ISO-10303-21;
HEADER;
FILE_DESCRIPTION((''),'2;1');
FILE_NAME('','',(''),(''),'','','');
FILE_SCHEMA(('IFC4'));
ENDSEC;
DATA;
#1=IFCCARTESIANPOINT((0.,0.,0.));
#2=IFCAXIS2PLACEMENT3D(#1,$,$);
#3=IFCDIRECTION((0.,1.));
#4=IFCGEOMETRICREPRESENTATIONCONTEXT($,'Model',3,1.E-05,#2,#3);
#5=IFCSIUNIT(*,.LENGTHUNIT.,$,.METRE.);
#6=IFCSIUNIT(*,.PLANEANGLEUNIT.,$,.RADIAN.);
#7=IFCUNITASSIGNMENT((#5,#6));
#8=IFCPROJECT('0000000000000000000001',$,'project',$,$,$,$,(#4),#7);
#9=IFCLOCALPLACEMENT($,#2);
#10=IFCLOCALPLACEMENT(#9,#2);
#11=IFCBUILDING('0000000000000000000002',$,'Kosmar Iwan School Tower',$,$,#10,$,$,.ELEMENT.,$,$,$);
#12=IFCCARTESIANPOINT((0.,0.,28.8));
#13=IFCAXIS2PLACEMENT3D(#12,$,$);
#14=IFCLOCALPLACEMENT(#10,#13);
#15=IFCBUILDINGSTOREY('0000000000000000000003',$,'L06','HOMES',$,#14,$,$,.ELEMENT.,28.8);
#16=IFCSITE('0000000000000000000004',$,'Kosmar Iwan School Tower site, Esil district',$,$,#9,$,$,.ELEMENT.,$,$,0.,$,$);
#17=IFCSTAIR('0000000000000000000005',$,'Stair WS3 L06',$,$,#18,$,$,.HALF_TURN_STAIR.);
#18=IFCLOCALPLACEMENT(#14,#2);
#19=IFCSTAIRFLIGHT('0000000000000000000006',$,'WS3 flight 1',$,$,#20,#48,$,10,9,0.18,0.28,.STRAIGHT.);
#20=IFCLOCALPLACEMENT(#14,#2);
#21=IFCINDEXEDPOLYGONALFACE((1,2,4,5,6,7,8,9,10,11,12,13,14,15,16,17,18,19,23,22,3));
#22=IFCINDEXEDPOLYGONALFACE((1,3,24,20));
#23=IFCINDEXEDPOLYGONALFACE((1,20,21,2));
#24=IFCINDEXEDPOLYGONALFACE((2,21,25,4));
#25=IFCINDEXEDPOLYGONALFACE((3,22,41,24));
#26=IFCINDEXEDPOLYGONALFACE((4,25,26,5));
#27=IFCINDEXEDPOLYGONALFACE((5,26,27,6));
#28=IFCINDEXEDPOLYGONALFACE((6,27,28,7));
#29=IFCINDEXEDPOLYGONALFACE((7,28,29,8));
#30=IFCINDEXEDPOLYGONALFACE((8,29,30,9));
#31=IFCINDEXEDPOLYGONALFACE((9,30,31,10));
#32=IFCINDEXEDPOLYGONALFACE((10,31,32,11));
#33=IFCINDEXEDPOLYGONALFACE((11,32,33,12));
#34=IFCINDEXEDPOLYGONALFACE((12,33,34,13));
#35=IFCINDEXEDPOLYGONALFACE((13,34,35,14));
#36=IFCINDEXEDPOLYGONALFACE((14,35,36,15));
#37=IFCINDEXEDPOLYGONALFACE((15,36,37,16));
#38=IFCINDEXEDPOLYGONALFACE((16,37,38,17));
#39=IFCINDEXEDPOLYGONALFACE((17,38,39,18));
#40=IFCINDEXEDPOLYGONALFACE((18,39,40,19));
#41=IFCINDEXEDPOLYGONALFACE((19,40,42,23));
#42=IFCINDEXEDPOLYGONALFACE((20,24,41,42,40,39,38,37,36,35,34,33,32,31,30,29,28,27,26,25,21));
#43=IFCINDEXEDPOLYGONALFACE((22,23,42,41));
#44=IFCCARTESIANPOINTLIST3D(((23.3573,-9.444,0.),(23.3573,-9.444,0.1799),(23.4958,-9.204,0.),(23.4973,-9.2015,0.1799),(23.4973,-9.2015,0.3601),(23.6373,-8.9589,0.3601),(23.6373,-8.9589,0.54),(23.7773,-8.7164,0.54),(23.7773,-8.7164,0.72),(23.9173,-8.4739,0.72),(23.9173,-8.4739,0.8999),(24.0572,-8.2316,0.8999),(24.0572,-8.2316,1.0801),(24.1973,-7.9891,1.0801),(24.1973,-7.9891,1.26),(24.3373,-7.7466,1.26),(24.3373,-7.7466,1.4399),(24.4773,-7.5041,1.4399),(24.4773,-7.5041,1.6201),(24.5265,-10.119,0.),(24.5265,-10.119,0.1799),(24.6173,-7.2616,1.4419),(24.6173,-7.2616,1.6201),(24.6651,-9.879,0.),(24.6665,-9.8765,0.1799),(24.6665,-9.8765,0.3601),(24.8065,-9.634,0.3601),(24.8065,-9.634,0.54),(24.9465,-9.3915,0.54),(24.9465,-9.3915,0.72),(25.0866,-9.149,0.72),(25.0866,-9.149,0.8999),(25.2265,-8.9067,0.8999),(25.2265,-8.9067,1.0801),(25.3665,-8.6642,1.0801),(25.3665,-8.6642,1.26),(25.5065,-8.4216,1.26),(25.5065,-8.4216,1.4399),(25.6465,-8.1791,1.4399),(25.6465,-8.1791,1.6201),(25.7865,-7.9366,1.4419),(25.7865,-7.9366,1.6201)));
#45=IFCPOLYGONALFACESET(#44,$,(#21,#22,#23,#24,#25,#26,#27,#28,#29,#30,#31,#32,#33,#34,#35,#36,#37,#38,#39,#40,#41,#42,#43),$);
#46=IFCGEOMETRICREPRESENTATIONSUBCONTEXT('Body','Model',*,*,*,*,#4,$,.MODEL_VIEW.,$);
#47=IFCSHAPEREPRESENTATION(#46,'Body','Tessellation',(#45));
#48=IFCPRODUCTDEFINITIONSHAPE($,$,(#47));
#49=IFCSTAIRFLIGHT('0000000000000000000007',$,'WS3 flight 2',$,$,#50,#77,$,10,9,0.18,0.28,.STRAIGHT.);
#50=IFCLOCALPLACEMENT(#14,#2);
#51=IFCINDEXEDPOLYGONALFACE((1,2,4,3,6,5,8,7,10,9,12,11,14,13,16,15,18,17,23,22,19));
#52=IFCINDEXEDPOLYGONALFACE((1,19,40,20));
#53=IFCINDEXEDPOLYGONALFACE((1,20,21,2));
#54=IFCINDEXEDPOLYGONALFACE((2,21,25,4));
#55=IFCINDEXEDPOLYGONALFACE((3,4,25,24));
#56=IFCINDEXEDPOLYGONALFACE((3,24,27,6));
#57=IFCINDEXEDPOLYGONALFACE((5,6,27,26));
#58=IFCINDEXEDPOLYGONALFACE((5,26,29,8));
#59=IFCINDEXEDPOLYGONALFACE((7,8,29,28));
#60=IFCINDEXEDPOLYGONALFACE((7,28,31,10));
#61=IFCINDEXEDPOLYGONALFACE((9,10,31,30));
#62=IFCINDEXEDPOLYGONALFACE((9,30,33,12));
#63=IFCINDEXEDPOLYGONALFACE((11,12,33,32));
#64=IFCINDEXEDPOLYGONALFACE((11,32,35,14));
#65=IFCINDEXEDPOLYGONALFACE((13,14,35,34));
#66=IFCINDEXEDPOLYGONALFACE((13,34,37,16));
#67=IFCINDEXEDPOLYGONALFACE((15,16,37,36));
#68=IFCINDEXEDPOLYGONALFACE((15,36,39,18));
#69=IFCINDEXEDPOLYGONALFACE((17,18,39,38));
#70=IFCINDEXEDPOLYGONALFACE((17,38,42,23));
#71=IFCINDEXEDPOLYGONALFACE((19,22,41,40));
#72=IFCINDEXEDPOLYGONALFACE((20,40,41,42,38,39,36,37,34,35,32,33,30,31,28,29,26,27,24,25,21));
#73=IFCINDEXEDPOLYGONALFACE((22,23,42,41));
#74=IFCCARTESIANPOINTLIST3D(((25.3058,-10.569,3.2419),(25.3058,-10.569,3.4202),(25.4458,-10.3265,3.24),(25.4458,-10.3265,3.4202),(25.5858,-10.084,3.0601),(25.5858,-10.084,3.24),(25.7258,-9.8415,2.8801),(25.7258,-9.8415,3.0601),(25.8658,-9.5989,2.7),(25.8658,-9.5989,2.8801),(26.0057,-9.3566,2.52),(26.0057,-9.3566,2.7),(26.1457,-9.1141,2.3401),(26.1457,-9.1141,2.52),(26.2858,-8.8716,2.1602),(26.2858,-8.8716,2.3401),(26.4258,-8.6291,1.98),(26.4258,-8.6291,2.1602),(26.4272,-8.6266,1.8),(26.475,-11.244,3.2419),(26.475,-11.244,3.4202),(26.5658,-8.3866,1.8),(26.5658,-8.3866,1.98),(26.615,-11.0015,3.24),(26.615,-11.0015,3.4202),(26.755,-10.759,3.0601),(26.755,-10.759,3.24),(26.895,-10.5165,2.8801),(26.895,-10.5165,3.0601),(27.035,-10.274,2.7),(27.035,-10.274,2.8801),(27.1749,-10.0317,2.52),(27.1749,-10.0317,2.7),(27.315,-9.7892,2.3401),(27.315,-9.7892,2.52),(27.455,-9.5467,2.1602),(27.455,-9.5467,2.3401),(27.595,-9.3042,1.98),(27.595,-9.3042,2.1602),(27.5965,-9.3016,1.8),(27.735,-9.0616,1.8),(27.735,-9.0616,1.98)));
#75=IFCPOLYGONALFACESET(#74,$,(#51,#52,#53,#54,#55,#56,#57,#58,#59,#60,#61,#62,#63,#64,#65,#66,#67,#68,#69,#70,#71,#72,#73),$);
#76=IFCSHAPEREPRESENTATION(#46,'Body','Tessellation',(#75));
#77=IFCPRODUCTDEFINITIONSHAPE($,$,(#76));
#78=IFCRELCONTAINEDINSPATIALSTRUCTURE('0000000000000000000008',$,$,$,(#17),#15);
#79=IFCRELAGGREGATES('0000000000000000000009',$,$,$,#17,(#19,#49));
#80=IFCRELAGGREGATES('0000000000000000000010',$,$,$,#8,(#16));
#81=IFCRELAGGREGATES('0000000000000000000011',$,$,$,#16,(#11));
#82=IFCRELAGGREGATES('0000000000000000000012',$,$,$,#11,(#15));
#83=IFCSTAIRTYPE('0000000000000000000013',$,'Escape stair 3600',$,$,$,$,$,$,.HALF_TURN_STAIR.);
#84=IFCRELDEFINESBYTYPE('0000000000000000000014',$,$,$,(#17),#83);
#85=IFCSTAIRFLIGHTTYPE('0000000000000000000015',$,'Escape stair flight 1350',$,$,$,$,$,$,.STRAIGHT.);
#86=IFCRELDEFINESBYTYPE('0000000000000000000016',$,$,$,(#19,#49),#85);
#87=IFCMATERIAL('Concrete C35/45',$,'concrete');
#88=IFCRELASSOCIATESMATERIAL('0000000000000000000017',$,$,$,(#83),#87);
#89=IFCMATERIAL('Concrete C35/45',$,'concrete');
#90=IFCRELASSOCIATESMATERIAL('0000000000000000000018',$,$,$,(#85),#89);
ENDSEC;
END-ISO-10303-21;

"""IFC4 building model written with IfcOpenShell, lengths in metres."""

from ifc_helpers import new_model, si_unit, direction, frame, origin, place, context, subcontext, project, spatial, polyline, outline, extrude, material, type_object, element, aggregate, save


model = new_model("IFC4")

# Units and contexts
model_context = context("Model", 3, precision=1e-05, world=origin(), true_north=direction((0.0, 1.0)))
body_context = subcontext(model_context, "Body", "Model", "MODEL_VIEW")
ifc_project = project(units=[si_unit("LENGTHUNIT", "METRE"), si_unit("PLANEANGLEUNIT", "RADIAN")], contexts=[model_context])

# Site, building, storey
site_placement = place(None, origin())
site = spatial("IfcSite", under=ifc_project, at=site_placement, Name="Kosmar Iwan School Tower site, Esil district", CompositionType="ELEMENT", RefElevation=0.0)
building_placement = place(site_placement, origin())
building = spatial("IfcBuilding", under=site, at=building_placement, Name="Kosmar Iwan School Tower", CompositionType="ELEMENT")
storey_placement = place(building_placement, frame((0.0, 0.0, 28.8)))
storey = spatial("IfcBuildingStorey", under=building, at=storey_placement, Name="L06", Description="HOMES", CompositionType="ELEMENT", Elevation=28.8)

# Stair, stair flights
ifc_material_1 = material(Name="Concrete C35/45", Category="concrete")
stair_type = type_object("IfcStairType", Name="Escape stair 3600", PredefinedType="HALF_TURN_STAIR", material=ifc_material_1)
stair_placement = place(storey_placement, origin())
stair = element("IfcStair", 1, at=stair_placement, inside=storey, type_object=stair_type, Name="Stair WS3 L06", PredefinedType="HALF_TURN_STAIR")
ifc_material_2 = material(Name="Concrete C35/45", Category="concrete")
stair_flight_type = type_object("IfcStairFlightType", Name="Escape stair flight 1350", PredefinedType="STRAIGHT", material=ifc_material_2)
stair_flight_1_placement = place(storey_placement, frame((23.9419, -9.7815, 0.0), z_axis=(0.0, 0.0, 1.0), x_axis=(0.5, 0.866025, 0.0)))
stair_flight_1 = element("IfcStairFlight", 2, at=stair_flight_1_placement, type_object=stair_flight_type, Name="WS3 flight 1", NumberOfRisers=10, NumberOfTreads=9, PredefinedType="STRAIGHT", RiserHeight=0.18, TreadLength=0.28, context=body_context, shape_type="SweptSolid", body=[
    extrude(outline(polyline([(0.0, 0.0), (0.0, 0.1799), (0.28, 0.1799), (0.28, 0.3601), (0.5601, 0.3601), (0.5601, 0.54), (0.8401, 0.54), (0.8401, 0.72), (1.1201, 0.72), (1.1201, 0.8999), (1.3999, 0.8999), (1.3999, 1.0801), (1.6799, 1.0801), (1.6799, 1.26), (1.96, 1.26), (1.96, 1.4399), (2.24, 1.4399), (2.24, 1.6201), (2.52, 1.6201), (2.52, 1.8), (2.52, 1.4419), (0.2771, 0.0), (0.0, 0.0)])), frame((0.0, 0.675, 0.0), z_axis=(0.0, -1.0, 0.0), x_axis=(1.0, 0.0, 0.0)), (0.0, 0.0, 1.0), 1.3501),
])
stair_flight_2_placement = place(storey_placement, frame((27.1504, -8.7241, 1.8), z_axis=(0.0, 0.0, 1.0), x_axis=(-0.5, -0.866025, 0.0)))
stair_flight_2 = element("IfcStairFlight", 3, at=stair_flight_2_placement, type_object=stair_flight_type, Name="WS3 flight 2", NumberOfRisers=10, NumberOfTreads=9, PredefinedType="STRAIGHT", RiserHeight=0.18, TreadLength=0.28, context=body_context, shape_type="SweptSolid", body=[
    extrude(outline(polyline([(0.0, 0.0), (0.0, 0.1799), (0.28, 0.1799), (0.28, 0.3601), (0.5601, 0.3601), (0.5601, 0.54), (0.8401, 0.54), (0.8401, 0.72), (1.1201, 0.72), (1.1201, 0.8999), (1.3999, 0.8999), (1.3999, 1.0801), (1.6799, 1.0801), (1.6799, 1.26), (1.96, 1.26), (1.96, 1.4399), (2.24, 1.4399), (2.24, 1.6201), (2.52, 1.6201), (2.52, 1.8), (2.52, 1.4419), (0.2771, 0.0), (0.0, 0.0)])), frame((0.0, 0.675, 0.0), z_axis=(0.0, -1.0, 0.0), x_axis=(1.0, 0.0, 0.0)), (0.0, 0.0, 1.0), 1.3501),
])
aggregate(stair, [stair_flight_1, stair_flight_2])

save(model, "model.ifc")
